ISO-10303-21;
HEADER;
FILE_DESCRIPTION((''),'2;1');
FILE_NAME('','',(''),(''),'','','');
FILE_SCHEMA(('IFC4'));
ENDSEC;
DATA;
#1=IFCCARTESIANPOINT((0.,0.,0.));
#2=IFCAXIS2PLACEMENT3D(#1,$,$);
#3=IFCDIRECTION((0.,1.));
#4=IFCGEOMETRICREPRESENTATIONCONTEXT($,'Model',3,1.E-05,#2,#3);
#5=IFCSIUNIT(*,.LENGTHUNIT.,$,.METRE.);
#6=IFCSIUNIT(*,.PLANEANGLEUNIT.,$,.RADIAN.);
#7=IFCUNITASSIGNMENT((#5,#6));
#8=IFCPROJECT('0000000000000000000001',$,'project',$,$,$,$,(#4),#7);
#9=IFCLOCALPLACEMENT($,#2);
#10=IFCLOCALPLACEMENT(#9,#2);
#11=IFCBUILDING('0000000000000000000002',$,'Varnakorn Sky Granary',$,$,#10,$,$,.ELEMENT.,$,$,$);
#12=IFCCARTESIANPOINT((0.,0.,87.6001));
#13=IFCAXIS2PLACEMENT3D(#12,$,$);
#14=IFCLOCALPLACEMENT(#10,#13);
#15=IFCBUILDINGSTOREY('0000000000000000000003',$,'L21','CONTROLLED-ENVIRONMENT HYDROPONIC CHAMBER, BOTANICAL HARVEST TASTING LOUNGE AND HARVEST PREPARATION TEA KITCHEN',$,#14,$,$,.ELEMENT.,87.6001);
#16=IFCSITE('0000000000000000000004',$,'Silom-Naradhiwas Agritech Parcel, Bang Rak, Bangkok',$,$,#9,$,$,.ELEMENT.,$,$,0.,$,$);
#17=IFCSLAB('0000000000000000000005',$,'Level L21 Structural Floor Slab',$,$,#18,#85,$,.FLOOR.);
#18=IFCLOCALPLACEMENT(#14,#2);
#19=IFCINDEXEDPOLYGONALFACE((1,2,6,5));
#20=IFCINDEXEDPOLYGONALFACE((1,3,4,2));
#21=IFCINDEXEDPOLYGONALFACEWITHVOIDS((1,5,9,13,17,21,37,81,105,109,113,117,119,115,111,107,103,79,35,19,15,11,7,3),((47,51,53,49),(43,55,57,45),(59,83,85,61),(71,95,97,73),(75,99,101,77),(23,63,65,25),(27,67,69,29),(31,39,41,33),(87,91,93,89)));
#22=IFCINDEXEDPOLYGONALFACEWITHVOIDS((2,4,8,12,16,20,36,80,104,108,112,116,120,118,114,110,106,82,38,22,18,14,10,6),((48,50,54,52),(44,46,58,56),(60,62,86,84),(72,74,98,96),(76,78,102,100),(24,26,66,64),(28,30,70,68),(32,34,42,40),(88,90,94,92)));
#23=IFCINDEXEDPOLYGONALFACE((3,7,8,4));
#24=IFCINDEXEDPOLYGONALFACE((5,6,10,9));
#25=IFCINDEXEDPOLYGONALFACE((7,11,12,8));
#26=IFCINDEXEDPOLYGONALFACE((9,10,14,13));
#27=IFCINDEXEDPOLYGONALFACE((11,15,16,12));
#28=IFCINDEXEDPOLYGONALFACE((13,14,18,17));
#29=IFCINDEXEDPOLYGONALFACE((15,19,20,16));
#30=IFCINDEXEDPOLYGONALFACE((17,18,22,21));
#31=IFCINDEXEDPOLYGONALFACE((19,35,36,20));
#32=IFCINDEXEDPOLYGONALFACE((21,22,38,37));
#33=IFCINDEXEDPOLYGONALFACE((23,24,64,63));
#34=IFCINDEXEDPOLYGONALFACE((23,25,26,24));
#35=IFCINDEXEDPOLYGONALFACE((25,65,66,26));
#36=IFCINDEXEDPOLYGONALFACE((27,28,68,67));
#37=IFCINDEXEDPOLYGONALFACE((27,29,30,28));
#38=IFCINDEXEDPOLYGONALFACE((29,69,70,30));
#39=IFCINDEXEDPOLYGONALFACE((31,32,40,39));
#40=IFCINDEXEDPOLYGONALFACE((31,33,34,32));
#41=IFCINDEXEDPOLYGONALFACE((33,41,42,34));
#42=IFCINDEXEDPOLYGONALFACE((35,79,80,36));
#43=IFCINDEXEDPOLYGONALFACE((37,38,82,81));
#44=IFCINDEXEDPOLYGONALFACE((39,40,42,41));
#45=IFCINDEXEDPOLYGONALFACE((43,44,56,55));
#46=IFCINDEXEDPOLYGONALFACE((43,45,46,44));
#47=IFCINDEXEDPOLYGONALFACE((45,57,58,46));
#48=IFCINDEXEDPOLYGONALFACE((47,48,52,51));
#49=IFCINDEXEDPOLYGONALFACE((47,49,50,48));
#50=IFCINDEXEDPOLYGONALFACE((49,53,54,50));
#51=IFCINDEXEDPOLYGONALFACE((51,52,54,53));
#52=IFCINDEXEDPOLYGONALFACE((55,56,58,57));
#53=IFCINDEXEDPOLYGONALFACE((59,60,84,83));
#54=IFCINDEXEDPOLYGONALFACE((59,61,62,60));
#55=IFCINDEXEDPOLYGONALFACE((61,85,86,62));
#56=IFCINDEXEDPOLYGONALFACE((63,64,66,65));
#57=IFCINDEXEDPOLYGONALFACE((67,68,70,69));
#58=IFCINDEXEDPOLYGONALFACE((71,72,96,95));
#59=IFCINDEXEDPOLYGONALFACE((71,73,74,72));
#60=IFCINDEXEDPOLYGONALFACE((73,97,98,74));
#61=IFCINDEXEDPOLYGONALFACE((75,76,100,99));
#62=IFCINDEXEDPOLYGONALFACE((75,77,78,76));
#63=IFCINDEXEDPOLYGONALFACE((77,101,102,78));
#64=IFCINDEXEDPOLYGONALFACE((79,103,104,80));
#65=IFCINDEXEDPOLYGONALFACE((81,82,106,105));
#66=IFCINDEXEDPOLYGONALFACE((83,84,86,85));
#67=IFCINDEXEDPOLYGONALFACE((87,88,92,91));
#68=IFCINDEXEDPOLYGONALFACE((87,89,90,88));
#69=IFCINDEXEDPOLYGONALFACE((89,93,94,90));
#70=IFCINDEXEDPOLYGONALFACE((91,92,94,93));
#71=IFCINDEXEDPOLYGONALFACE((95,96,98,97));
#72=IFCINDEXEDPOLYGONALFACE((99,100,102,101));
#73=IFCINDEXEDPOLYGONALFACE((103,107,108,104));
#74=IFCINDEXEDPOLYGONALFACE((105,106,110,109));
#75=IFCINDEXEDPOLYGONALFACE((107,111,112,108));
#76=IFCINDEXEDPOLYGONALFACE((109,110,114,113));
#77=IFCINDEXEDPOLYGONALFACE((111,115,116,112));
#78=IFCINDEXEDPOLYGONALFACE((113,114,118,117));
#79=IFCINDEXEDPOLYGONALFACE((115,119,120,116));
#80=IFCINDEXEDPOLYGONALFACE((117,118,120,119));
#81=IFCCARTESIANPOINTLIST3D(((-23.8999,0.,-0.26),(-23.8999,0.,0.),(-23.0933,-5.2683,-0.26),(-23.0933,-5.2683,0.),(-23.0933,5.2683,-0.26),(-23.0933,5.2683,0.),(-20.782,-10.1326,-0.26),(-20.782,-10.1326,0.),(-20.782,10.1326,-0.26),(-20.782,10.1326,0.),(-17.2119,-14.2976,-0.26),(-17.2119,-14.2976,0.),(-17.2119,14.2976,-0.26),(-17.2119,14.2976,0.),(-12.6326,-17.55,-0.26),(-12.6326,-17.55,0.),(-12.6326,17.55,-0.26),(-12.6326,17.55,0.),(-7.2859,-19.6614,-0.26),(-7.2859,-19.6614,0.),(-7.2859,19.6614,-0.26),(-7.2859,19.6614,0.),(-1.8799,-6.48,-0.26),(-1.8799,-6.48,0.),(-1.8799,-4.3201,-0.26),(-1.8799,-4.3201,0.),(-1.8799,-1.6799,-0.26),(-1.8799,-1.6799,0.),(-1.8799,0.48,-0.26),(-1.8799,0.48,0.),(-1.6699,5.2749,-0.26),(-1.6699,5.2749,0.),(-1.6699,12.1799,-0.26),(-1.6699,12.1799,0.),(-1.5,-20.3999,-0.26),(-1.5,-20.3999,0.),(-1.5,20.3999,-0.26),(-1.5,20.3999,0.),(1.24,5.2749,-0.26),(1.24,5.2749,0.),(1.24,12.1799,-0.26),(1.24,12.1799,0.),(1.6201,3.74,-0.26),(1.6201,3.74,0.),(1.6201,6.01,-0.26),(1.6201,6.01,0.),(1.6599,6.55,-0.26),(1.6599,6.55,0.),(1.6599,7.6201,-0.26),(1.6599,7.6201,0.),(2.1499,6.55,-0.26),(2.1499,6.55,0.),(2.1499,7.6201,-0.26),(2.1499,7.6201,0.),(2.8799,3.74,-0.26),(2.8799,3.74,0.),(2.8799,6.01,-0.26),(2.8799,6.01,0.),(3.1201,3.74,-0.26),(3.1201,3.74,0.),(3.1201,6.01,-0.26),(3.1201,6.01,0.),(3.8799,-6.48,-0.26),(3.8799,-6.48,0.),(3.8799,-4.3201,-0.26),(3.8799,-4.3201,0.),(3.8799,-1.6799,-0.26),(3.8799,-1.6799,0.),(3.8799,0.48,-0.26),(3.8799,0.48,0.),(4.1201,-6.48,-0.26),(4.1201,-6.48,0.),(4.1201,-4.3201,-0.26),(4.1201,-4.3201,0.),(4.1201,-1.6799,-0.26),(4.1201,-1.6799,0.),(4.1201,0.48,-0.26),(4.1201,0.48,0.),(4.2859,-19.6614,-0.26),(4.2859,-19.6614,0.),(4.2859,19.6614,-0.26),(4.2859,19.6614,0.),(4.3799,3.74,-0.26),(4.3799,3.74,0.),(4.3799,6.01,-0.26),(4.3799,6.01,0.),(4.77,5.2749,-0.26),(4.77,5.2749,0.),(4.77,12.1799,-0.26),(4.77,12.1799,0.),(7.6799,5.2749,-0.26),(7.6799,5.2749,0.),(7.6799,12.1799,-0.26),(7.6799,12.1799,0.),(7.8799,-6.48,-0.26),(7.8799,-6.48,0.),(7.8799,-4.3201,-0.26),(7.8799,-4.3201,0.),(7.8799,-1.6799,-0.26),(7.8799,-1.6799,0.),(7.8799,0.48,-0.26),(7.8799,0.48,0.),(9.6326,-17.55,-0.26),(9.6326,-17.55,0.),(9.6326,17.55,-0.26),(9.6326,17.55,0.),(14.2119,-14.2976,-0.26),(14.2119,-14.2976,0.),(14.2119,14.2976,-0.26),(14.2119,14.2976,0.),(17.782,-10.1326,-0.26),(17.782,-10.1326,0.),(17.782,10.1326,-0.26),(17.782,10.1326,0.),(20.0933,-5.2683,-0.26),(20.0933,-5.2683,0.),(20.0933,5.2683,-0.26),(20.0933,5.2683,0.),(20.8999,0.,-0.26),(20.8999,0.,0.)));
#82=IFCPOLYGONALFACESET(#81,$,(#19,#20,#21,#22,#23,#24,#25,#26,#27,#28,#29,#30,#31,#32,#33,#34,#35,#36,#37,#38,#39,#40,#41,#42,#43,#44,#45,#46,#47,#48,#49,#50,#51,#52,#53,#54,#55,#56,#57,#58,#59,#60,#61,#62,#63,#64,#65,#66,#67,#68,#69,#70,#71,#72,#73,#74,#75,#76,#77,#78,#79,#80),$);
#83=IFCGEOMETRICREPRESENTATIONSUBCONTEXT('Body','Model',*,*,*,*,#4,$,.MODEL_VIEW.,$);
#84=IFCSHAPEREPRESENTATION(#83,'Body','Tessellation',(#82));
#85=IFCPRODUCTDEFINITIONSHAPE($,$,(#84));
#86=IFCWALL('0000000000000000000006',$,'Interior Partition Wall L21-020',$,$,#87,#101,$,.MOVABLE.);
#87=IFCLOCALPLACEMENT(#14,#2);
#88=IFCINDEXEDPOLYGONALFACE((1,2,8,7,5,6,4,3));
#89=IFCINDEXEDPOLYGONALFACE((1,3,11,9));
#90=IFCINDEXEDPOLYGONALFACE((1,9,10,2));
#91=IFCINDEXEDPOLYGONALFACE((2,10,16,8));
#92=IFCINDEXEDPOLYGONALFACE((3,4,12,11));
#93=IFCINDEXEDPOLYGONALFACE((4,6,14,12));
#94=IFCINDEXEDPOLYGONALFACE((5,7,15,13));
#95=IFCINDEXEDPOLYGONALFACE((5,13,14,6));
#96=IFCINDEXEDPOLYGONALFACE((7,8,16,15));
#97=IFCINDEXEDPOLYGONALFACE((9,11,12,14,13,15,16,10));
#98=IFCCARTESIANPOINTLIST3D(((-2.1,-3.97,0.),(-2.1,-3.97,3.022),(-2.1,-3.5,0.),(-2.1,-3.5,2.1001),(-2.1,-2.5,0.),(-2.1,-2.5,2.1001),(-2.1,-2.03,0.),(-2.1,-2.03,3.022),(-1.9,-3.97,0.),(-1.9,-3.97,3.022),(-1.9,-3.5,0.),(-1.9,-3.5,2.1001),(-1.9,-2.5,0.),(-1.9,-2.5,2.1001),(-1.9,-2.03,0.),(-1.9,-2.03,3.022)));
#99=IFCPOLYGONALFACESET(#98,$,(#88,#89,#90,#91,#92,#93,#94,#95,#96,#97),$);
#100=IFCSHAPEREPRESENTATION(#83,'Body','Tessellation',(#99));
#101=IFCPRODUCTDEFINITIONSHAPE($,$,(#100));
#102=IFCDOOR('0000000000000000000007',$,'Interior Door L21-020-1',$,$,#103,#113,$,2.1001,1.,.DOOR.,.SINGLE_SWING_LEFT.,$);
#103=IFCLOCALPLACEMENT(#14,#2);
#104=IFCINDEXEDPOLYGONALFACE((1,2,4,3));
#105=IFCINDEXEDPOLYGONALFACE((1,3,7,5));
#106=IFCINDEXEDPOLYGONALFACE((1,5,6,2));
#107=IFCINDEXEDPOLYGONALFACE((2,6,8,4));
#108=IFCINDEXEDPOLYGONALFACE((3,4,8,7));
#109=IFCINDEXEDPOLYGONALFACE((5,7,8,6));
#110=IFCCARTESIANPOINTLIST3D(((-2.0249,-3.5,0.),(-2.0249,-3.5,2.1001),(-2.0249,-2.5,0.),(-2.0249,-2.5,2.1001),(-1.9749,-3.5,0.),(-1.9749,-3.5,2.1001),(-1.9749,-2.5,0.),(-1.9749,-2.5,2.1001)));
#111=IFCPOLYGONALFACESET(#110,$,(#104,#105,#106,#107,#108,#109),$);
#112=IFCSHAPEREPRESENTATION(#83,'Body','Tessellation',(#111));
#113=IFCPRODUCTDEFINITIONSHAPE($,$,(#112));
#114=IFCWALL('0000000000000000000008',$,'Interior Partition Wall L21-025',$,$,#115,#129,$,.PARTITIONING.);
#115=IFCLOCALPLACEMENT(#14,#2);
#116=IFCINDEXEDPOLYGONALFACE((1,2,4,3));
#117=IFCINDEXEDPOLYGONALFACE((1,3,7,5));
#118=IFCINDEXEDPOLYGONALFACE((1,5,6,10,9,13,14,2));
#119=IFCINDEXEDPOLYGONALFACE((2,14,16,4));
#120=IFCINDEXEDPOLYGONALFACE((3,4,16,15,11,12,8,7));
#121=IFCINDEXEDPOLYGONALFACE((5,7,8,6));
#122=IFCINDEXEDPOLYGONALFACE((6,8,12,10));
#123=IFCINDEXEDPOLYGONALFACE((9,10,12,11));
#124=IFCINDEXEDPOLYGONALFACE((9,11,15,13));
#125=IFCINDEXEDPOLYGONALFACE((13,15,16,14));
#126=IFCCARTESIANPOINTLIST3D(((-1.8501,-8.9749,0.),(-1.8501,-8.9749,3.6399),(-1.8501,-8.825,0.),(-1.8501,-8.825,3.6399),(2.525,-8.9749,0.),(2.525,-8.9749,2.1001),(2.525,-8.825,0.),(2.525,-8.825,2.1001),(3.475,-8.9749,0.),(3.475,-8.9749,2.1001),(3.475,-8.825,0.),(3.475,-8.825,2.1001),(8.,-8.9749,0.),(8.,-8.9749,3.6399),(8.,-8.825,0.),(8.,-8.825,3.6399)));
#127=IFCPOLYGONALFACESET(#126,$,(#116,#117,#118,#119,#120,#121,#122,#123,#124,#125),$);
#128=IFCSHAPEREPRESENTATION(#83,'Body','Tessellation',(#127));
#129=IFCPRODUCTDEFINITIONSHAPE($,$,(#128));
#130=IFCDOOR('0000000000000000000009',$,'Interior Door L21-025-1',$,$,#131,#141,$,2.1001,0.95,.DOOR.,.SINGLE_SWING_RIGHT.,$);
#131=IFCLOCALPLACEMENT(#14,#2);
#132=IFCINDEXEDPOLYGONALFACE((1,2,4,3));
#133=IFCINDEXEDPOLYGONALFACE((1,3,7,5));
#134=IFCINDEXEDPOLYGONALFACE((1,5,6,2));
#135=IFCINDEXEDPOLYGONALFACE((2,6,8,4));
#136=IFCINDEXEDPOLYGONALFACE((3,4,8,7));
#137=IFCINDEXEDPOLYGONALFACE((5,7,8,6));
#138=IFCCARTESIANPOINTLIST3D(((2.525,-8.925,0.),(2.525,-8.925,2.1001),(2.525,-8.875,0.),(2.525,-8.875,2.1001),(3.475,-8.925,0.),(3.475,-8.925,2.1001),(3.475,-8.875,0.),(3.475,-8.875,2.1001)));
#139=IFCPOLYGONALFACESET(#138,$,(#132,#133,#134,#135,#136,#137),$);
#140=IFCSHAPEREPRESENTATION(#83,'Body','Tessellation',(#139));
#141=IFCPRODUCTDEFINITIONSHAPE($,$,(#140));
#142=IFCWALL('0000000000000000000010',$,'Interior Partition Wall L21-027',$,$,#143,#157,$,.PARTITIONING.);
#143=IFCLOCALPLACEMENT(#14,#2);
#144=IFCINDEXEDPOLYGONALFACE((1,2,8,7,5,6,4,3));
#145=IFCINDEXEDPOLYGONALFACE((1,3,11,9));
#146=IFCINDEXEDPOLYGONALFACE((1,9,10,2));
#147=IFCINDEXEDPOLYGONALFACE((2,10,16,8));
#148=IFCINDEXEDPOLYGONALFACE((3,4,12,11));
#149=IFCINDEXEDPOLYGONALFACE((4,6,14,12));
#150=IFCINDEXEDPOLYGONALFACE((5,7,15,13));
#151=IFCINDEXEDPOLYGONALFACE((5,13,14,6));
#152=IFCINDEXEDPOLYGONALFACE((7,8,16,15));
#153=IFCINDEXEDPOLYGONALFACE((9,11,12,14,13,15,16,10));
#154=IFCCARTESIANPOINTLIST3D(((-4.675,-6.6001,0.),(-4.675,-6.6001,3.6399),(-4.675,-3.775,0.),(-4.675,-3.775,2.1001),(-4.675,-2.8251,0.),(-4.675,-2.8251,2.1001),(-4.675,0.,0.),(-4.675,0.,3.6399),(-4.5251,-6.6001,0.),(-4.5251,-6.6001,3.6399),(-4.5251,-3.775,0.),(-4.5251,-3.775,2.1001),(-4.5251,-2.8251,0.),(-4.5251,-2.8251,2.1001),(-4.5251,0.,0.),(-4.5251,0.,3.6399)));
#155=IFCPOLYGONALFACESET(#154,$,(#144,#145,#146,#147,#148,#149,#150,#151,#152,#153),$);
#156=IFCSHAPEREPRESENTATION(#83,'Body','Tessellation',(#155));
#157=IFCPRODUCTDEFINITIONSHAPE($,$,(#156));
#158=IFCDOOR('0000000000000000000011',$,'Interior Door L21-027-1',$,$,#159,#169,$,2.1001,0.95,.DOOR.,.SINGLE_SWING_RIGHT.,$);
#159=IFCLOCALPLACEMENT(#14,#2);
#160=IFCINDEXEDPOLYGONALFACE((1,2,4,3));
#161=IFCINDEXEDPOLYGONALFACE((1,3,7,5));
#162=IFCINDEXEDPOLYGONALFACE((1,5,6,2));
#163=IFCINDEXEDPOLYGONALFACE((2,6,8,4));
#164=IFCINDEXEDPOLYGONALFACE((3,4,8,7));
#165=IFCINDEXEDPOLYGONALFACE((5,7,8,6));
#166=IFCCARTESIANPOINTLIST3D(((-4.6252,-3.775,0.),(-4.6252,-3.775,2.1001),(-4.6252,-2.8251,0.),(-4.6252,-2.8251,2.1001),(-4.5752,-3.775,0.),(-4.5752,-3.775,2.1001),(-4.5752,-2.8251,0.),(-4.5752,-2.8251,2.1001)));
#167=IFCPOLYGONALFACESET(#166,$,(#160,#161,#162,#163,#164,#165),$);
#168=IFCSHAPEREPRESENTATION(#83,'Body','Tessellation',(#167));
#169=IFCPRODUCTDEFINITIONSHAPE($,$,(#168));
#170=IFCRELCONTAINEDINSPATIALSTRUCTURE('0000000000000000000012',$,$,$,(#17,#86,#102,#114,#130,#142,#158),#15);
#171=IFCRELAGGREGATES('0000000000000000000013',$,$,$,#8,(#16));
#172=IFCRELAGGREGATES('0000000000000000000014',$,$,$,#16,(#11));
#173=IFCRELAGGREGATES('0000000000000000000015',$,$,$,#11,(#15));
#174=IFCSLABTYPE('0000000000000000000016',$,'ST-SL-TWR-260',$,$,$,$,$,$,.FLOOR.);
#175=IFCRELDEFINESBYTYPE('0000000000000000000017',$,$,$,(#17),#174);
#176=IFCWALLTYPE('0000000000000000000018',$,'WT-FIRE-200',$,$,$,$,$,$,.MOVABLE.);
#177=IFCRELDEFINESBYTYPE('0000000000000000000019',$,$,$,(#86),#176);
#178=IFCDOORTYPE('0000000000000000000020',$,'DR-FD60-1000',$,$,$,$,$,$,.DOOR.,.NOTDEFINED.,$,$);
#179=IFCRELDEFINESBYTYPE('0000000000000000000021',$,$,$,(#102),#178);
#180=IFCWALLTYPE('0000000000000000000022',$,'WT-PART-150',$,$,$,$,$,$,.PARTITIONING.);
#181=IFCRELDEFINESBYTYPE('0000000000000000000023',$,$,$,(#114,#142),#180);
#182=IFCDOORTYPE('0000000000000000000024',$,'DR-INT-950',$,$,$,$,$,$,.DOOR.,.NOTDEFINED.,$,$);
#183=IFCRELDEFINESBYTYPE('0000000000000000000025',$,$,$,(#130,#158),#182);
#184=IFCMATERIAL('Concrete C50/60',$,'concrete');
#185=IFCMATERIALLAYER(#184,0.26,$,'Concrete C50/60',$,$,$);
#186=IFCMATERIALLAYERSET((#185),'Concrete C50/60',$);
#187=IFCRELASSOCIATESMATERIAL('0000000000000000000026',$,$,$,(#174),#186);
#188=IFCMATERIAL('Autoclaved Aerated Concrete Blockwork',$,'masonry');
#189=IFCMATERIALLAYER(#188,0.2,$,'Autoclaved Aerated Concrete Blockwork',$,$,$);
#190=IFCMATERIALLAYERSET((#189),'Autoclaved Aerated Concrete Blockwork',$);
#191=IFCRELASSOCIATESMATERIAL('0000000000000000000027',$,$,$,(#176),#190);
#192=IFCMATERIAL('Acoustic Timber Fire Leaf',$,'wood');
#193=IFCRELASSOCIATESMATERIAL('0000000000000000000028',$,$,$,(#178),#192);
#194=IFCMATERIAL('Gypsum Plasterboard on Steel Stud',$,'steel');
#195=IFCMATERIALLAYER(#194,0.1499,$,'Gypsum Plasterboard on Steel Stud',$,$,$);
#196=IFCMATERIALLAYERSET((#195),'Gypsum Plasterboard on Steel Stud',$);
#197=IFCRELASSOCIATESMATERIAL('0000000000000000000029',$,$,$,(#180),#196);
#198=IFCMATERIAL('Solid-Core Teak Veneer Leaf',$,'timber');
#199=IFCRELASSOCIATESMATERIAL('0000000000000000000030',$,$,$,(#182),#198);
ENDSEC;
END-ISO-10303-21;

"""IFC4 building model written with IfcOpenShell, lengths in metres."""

from ifc_helpers import new_model, si_unit, direction, frame, frame_2d, origin, place, context, subcontext, project, spatial, polyline, rectangle, outline, extrude, material, layer, layer_set, type_object, element, fill, save


model = new_model("IFC4")

# Units and contexts
model_context = context("Model", 3, precision=1e-05, world=origin(), true_north=direction((0.0, 1.0)))
body_context = subcontext(model_context, "Body", "Model", "MODEL_VIEW")
ifc_project = project(units=[si_unit("LENGTHUNIT", "METRE"), si_unit("PLANEANGLEUNIT", "RADIAN")], contexts=[model_context])

# Site, building, storey
site_placement = place(None, origin())
site = spatial("IfcSite", under=ifc_project, at=site_placement, Name="Silom-Naradhiwas Agritech Parcel, Bang Rak, Bangkok", CompositionType="ELEMENT", RefElevation=0.0)
building_placement = place(site_placement, origin())
building = spatial("IfcBuilding", under=site, at=building_placement, Name="Varnakorn Sky Granary", CompositionType="ELEMENT")
storey_placement = place(building_placement, frame((0.0, 0.0, 87.6001)))
storey = spatial("IfcBuildingStorey", under=building, at=storey_placement, Name="L21", Description="CONTROLLED-ENVIRONMENT HYDROPONIC CHAMBER, BOTANICAL HARVEST TASTING LOUNGE AND HARVEST PREPARATION TEA KITCHEN", CompositionType="ELEMENT", Elevation=87.6001)

# Slab
ifc_material_1 = material(Name="Concrete C50/60", Category="concrete")
ifc_layer_1 = layer(ifc_material_1, 0.26, Name="Concrete C50/60")
ifc_layer_set_1 = layer_set([ifc_layer_1], Name="Concrete C50/60")
slab_type = type_object("IfcSlabType", Name="ST-SL-TWR-260", PredefinedType="FLOOR", material=ifc_layer_set_1)
slab_placement = place(storey_placement, frame((0.0, 0.0, -0.26)))
element("IfcSlab", 1, at=slab_placement, inside=storey, type_object=slab_type, Name="Level L21 Structural Floor Slab", PredefinedType="FLOOR", context=body_context, shape_type="SweptSolid", body=[
    extrude(outline(polyline([(20.8999, 0.0), (20.0933, 5.2683), (17.782, 10.1326), (14.2119, 14.2976), (9.6326, 17.55), (4.2859, 19.6614), (-1.5, 20.3999), (-7.2859, 19.6614), (-12.6326, 17.55), (-17.2119, 14.2976), (-20.782, 10.1326), (-23.0933, 5.2683), (-23.8999, 0.0), (-23.0933, -5.2683), (-20.782, -10.1326), (-17.2119, -14.2976), (-12.6326, -17.55), (-7.2859, -19.6614), (-1.5, -20.3999), (4.2859, -19.6614), (9.6326, -17.55), (14.2119, -14.2976), (17.782, -10.1326), (20.0933, -5.2683), (20.8999, 0.0)]), holes=[polyline([(1.24, 5.2749), (1.24, 12.1799), (-1.6699, 12.1799), (-1.6699, 5.2749), (1.24, 5.2749)]), polyline([(7.6799, 5.2749), (7.6799, 12.1799), (4.77, 12.1799), (4.77, 5.2749), (7.6799, 5.2749)]), polyline([(1.6599, 6.55), (2.1499, 6.55), (2.1499, 7.6201), (1.6599, 7.6201), (1.6599, 6.55)]), polyline([(1.6201, 3.74), (2.8799, 3.74), (2.8799, 6.01), (1.6201, 6.01), (1.6201, 3.74)]), polyline([(3.1201, 3.74), (4.3799, 3.74), (4.3799, 6.01), (3.1201, 6.01), (3.1201, 3.74)]), polyline([(-1.8799, -1.6799), (3.8799, -1.6799), (3.8799, 0.48), (-1.8799, 0.48), (-1.8799, -1.6799)]), polyline([(4.1201, -1.6799), (7.8799, -1.6799), (7.8799, 0.48), (4.1201, 0.48), (4.1201, -1.6799)]), polyline([(-1.8799, -6.48), (3.8799, -6.48), (3.8799, -4.3201), (-1.8799, -4.3201), (-1.8799, -6.48)]), polyline([(4.1201, -6.48), (7.8799, -6.48), (7.8799, -4.3201), (4.1201, -4.3201), (4.1201, -6.48)])]), origin(), (0.0, 0.0, 1.0), 0.26),
])

# Walls, openings, doors
ifc_material_2 = material(Name="Autoclaved Aerated Concrete Blockwork", Category="masonry")
ifc_layer_2 = layer(ifc_material_2, 0.2, Name="Autoclaved Aerated Concrete Blockwork")
ifc_layer_set_2 = layer_set([ifc_layer_2], Name="Autoclaved Aerated Concrete Blockwork")
wall_type_1 = type_object("IfcWallType", Name="WT-FIRE-200", PredefinedType="MOVABLE", material=ifc_layer_set_2)
wall_1_placement = place(storey_placement, frame((-2.0, -3.97, 0.0), z_axis=(0.0, 0.0, 1.0), x_axis=(0.0, 1.0, 0.0)))
wall_1 = element("IfcWall", 2, at=wall_1_placement, inside=storey, type_object=wall_type_1, Name="Interior Partition Wall L21-020", PredefinedType="MOVABLE", context=body_context, shape_type="SweptSolid", body=[
    extrude(rectangle(XDim=1.9399, YDim=0.2, at=frame_2d((0.97, 0.0))), origin(), (0.0, 0.0, 1.0), 3.022),
])
opening_1_placement = place(wall_1_placement, frame((0.47, 0.0, 0.0)))
opening_1 = element("IfcOpeningElement", 3, at=opening_1_placement, cuts=wall_1, PredefinedType="OPENING", context=body_context, shape_type="SweptSolid", body=[
    extrude(rectangle(XDim=1.0, YDim=2.1001, at=frame_2d((0.5, 1.05))), frame((0.0, 0.1099, 0.0), z_axis=(0.0, -1.0, 0.0), x_axis=(1.0, 0.0, 0.0)), (0.0, 0.0, 1.0), 0.22),
])
ifc_material_3 = material(Name="Acoustic Timber Fire Leaf", Category="wood")
door_type_1 = type_object("IfcDoorType", Name="DR-FD60-1000", OperationType="NOTDEFINED", PredefinedType="DOOR", material=ifc_material_3)
door_1_placement = place(opening_1_placement, origin())
door_1 = element("IfcDoor", 4, at=door_1_placement, inside=storey, type_object=door_type_1, Name="Interior Door L21-020-1", OperationType="SINGLE_SWING_LEFT", OverallHeight=2.1001, OverallWidth=1.0, PredefinedType="DOOR", context=body_context, shape_type="SweptSolid", body=[
    extrude(rectangle(XDim=1.0, YDim=2.1001, at=frame_2d((0.5, 1.05))), frame((0.0, 0.0249, 0.0), z_axis=(0.0, -1.0, 0.0), x_axis=(1.0, 0.0, 0.0)), (0.0, 0.0, 1.0), 0.05),
])
fill(opening_1, door_1)
ifc_material_4 = material(Name="Gypsum Plasterboard on Steel Stud", Category="steel")
ifc_layer_3 = layer(ifc_material_4, 0.1499, Name="Gypsum Plasterboard on Steel Stud")
ifc_layer_set_3 = layer_set([ifc_layer_3], Name="Gypsum Plasterboard on Steel Stud")
wall_type_2 = type_object("IfcWallType", Name="WT-PART-150", PredefinedType="PARTITIONING", material=ifc_layer_set_3)
wall_2_placement = place(storey_placement, frame((-1.8501, -8.8999, 0.0), z_axis=(0.0, 0.0, 1.0), x_axis=(1.0, 0.0, 0.0)))
wall_2 = element("IfcWall", 5, at=wall_2_placement, inside=storey, type_object=wall_type_2, Name="Interior Partition Wall L21-025", PredefinedType="PARTITIONING", context=body_context, shape_type="SweptSolid", body=[
    extrude(rectangle(XDim=9.8501, YDim=0.1499, at=frame_2d((4.925, 0.0))), origin(), (0.0, 0.0, 1.0), 3.6399),
])
opening_2_placement = place(wall_2_placement, frame((4.375, 0.0, 0.0)))
opening_2 = element("IfcOpeningElement", 6, at=opening_2_placement, cuts=wall_2, PredefinedType="OPENING", context=body_context, shape_type="SweptSolid", body=[
    extrude(rectangle(XDim=0.95, YDim=2.1001, at=frame_2d((0.4751, 1.05))), frame((0.0, 0.085, 0.0), z_axis=(0.0, -1.0, 0.0), x_axis=(1.0, 0.0, 0.0)), (0.0, 0.0, 1.0), 0.1699),
])
ifc_material_5 = material(Name="Solid-Core Teak Veneer Leaf", Category="timber")
door_type_2 = type_object("IfcDoorType", Name="DR-INT-950", OperationType="NOTDEFINED", PredefinedType="DOOR", material=ifc_material_5)
door_2_placement = place(opening_2_placement, origin())
door_2 = element("IfcDoor", 7, at=door_2_placement, inside=storey, type_object=door_type_2, Name="Interior Door L21-025-1", OperationType="SINGLE_SWING_RIGHT", OverallHeight=2.1001, OverallWidth=0.95, PredefinedType="DOOR", context=body_context, shape_type="SweptSolid", body=[
    extrude(rectangle(XDim=0.95, YDim=2.1001, at=frame_2d((0.4751, 1.05))), frame((0.0, 0.0249, 0.0), z_axis=(0.0, -1.0, 0.0), x_axis=(1.0, 0.0, 0.0)), (0.0, 0.0, 1.0), 0.05),
])
fill(opening_2, door_2)
wall_3_placement = place(storey_placement, frame((-4.6001, 0.0, 0.0), z_axis=(0.0, 0.0, 1.0), x_axis=(0.0, -1.0, 0.0)))
wall_3 = element("IfcWall", 8, at=wall_3_placement, inside=storey, type_object=wall_type_2, Name="Interior Partition Wall L21-027", PredefinedType="PARTITIONING", context=body_context, shape_type="SweptSolid", body=[
    extrude(rectangle(XDim=6.6001, YDim=0.1499, at=frame_2d((3.3, 0.0))), origin(), (0.0, 0.0, 1.0), 3.6399),
])
opening_3_placement = place(wall_3_placement, frame((2.825, 0.0, 0.0)))
opening_3 = element("IfcOpeningElement", 9, at=opening_3_placement, cuts=wall_3, PredefinedType="OPENING", context=body_context, shape_type="SweptSolid", body=[
    extrude(rectangle(XDim=0.95, YDim=2.1001, at=frame_2d((0.4751, 1.05))), frame((0.0, 0.085, 0.0), z_axis=(0.0, -1.0, 0.0), x_axis=(1.0, 0.0, 0.0)), (0.0, 0.0, 1.0), 0.1699),
])
door_3_placement = place(opening_3_placement, origin())
door_3 = element("IfcDoor", 10, at=door_3_placement, inside=storey, type_object=door_type_2, Name="Interior Door L21-027-1", OperationType="SINGLE_SWING_RIGHT", OverallHeight=2.1001, OverallWidth=0.95, PredefinedType="DOOR", context=body_context, shape_type="SweptSolid", body=[
    extrude(rectangle(XDim=0.95, YDim=2.1001, at=frame_2d((0.4751, 1.05))), frame((0.0, 0.0249, 0.0), z_axis=(0.0, -1.0, 0.0), x_axis=(1.0, 0.0, 0.0)), (0.0, 0.0, 1.0), 0.05),
])
fill(opening_3, door_3)

save(model, "model.ifc")
